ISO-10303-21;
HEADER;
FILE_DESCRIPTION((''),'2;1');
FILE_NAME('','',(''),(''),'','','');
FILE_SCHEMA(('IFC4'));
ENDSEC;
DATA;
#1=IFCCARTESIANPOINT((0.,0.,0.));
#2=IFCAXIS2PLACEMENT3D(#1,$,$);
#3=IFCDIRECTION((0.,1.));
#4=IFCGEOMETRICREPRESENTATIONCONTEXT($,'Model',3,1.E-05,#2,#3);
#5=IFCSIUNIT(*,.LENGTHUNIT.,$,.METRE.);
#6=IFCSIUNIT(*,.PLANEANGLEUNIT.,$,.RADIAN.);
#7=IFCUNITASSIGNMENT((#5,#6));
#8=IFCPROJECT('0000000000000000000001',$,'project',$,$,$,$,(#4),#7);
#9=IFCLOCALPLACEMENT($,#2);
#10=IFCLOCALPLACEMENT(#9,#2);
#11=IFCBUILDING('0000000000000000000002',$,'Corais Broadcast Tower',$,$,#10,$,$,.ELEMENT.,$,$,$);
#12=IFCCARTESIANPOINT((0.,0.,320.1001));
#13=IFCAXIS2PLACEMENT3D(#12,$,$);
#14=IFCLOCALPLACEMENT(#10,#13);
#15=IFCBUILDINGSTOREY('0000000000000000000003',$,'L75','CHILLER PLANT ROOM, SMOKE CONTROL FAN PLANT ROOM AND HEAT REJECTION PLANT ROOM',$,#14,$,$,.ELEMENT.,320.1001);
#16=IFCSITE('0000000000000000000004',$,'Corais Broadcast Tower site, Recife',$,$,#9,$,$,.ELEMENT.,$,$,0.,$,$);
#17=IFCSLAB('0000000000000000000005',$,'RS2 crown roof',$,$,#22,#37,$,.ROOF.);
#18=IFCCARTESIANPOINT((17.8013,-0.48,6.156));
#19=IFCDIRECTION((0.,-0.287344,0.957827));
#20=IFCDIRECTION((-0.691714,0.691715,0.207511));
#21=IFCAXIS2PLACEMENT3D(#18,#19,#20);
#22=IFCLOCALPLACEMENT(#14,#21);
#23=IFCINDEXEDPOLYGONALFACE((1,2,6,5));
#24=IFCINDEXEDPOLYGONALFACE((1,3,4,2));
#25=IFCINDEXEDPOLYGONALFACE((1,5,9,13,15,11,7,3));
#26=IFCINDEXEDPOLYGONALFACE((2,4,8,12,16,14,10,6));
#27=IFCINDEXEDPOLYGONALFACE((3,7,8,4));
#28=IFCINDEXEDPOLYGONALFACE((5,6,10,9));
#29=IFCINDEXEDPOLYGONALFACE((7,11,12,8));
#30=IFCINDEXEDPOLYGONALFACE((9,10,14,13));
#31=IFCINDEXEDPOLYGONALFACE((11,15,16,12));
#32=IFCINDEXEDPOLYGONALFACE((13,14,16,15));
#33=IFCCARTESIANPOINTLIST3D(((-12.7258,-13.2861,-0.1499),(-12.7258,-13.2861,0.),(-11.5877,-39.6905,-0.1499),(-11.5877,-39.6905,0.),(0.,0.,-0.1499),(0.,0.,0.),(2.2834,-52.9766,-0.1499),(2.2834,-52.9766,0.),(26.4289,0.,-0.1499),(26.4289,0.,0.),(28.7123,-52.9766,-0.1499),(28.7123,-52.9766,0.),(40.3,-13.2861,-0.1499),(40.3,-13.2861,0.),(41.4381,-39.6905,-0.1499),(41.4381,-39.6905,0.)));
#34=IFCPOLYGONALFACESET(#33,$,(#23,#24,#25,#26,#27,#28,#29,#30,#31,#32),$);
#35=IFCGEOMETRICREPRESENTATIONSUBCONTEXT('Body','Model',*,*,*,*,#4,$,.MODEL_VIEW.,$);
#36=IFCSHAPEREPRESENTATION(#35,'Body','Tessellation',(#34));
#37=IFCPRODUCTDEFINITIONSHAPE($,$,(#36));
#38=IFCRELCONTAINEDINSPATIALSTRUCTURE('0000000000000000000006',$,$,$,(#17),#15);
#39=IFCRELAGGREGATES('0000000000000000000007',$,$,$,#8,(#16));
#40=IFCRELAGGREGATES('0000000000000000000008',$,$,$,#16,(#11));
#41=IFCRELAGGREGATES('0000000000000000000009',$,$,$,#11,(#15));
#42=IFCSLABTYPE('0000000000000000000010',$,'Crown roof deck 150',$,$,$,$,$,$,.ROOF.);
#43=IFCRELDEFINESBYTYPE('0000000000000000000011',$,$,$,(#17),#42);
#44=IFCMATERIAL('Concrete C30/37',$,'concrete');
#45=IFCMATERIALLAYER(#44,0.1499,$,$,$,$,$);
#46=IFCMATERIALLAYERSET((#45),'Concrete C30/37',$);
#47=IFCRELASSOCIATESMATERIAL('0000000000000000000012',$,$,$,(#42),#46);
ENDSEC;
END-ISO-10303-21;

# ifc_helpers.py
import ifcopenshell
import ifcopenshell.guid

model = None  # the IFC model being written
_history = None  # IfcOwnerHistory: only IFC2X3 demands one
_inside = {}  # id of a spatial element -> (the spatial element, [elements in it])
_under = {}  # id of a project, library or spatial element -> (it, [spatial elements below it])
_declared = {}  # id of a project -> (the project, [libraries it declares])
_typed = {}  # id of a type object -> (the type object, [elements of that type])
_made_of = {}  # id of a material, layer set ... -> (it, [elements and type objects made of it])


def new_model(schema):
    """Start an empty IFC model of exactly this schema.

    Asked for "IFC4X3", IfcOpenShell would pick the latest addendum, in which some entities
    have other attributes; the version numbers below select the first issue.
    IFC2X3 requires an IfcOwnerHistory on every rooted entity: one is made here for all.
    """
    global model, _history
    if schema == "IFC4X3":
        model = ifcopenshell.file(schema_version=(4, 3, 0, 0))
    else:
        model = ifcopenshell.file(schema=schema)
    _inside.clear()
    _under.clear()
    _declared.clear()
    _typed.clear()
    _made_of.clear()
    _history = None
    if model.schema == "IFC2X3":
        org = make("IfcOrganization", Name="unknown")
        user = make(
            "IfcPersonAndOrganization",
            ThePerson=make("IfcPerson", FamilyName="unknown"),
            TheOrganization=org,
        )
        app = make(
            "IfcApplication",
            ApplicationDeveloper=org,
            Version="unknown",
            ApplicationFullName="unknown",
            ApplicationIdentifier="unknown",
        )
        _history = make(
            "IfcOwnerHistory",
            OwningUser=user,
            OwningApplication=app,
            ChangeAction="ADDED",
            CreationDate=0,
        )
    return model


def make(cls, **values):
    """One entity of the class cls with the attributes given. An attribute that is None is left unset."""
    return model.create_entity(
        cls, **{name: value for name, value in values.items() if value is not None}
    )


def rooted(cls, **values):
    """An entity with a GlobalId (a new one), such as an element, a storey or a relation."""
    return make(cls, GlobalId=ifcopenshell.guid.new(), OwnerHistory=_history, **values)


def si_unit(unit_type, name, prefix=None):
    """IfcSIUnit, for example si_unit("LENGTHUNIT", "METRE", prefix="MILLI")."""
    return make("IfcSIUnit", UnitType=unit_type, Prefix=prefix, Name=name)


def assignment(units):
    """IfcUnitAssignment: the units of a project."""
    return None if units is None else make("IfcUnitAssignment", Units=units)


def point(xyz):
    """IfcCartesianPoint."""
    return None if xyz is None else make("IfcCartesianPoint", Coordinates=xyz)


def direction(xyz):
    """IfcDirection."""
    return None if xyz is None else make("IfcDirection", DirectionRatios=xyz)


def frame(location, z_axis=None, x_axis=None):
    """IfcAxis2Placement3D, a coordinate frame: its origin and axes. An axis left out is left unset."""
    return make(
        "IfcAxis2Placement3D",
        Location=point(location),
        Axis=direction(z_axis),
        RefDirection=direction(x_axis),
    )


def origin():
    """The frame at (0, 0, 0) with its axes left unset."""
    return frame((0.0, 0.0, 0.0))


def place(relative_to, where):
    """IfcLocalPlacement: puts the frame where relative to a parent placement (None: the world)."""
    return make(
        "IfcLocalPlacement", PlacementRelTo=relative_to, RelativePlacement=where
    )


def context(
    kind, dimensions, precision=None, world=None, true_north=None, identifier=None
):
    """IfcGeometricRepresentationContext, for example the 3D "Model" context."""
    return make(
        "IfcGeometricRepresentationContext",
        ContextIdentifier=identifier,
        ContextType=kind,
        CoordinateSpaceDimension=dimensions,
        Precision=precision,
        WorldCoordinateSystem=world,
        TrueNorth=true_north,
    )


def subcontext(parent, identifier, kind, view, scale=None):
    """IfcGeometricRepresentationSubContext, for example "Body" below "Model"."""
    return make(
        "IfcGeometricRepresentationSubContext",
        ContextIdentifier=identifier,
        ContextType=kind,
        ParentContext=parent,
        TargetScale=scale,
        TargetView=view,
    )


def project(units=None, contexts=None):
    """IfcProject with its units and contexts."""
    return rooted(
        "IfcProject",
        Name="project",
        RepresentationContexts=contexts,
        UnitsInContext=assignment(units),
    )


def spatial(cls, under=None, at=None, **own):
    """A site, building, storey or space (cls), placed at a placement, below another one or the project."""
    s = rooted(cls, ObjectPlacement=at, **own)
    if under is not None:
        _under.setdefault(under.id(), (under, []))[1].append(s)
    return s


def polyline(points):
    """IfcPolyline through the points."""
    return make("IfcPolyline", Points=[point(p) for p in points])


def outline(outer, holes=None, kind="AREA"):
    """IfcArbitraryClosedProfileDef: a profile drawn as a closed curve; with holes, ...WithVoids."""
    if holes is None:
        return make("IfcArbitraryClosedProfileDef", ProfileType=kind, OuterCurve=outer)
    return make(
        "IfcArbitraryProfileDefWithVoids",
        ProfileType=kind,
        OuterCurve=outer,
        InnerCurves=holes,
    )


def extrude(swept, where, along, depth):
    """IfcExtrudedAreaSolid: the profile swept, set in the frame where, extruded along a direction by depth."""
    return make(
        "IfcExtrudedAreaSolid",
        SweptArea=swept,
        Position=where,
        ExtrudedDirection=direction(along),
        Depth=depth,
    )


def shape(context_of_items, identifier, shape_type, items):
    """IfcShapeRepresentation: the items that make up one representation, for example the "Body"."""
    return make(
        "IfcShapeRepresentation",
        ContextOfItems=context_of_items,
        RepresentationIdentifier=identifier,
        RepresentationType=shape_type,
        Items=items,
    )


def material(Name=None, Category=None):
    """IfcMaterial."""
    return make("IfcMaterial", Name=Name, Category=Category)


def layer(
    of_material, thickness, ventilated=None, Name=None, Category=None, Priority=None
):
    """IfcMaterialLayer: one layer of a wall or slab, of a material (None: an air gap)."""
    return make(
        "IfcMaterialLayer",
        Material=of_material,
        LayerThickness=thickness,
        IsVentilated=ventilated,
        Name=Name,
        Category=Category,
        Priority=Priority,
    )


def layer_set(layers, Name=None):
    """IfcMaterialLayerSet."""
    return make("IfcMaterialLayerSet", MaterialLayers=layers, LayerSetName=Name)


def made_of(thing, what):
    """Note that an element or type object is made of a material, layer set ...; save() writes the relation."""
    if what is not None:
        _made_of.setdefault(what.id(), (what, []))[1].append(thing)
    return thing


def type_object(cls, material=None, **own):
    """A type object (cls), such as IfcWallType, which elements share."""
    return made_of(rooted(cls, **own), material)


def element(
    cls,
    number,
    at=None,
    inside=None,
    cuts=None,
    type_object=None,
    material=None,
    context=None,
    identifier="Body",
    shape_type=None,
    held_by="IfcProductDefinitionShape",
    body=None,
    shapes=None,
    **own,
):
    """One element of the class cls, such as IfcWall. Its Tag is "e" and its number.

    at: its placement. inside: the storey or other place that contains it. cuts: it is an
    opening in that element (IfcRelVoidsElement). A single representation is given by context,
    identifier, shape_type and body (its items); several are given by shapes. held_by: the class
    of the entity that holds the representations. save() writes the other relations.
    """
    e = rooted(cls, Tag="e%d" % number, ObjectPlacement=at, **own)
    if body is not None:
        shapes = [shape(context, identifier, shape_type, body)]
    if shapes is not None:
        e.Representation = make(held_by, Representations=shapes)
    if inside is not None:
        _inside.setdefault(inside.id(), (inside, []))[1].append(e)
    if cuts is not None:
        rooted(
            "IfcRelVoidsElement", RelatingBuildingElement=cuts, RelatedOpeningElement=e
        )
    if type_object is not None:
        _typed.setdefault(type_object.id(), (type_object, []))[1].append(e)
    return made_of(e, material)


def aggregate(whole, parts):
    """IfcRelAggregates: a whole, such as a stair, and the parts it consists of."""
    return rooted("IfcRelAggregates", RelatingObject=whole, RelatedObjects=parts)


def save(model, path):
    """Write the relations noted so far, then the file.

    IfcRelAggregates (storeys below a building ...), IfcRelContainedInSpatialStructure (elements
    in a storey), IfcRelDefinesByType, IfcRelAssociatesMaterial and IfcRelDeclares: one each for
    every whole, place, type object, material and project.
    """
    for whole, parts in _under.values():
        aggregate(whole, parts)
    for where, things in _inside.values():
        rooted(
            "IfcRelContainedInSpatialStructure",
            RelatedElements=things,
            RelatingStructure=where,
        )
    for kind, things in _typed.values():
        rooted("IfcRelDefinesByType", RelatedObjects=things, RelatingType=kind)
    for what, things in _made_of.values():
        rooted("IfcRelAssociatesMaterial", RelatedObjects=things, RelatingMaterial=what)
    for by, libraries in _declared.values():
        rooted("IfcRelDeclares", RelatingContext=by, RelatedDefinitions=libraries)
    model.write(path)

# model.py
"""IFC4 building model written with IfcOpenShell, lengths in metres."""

from ifc_helpers import new_model, si_unit, direction, frame, origin, place, context, subcontext, project, spatial, polyline, outline, extrude, material, layer, layer_set, type_object, element, save


model = new_model("IFC4")

# Units and contexts
model_context = context("Model", 3, precision=1e-05, world=origin(), true_north=direction((0.0, 1.0)))
body_context = subcontext(model_context, "Body", "Model", "MODEL_VIEW")
ifc_project = project(units=[si_unit("LENGTHUNIT", "METRE"), si_unit("PLANEANGLEUNIT", "RADIAN")], contexts=[model_context])

# Site, building, storey
site_placement = place(None, origin())
site = spatial("IfcSite", under=ifc_project, at=site_placement, Name="Corais Broadcast Tower site, Recife", CompositionType="ELEMENT", RefElevation=0.0)
building_placement = place(site_placement, origin())
building = spatial("IfcBuilding", under=site, at=building_placement, Name="Corais Broadcast Tower", CompositionType="ELEMENT")
storey_placement = place(building_placement, frame((0.0, 0.0, 320.1001)))
storey = spatial("IfcBuildingStorey", under=building, at=storey_placement, Name="L75", Description="CHILLER PLANT ROOM, SMOKE CONTROL FAN PLANT ROOM AND HEAT REJECTION PLANT ROOM", CompositionType="ELEMENT", Elevation=320.1001)

# Slab
ifc_material_1 = material(Name="Concrete C30/37", Category="concrete")
ifc_layer_1 = layer(ifc_material_1, 0.1499)
ifc_layer_set_1 = layer_set([ifc_layer_1], Name="Concrete C30/37")
slab_type = type_object("IfcSlabType", Name="Crown roof deck 150", PredefinedType="ROOF", material=ifc_layer_set_1)
slab_placement = place(storey_placement, frame((17.8013, -0.48, 6.156), z_axis=(0.0, -0.287344, 0.957827), x_axis=(-0.691714, 0.691715, 0.207511)))
element("IfcSlab", 1, at=slab_placement, inside=storey, type_object=slab_type, Name="RS2 crown roof", PredefinedType="ROOF", context=body_context, shape_type="SweptSolid", body=[
    extrude(outline(polyline([(0.0, 0.0), (26.4289, 0.0), (40.3, -13.2861), (41.4381, -39.6905), (28.7123, -52.9766), (2.2834, -52.9766), (-11.5877, -39.6905), (-12.7258, -13.2861), (0.0, 0.0)])), origin(), (0.0, 0.0, -1.0), 0.1499),
])

save(model, "model.ifc")
